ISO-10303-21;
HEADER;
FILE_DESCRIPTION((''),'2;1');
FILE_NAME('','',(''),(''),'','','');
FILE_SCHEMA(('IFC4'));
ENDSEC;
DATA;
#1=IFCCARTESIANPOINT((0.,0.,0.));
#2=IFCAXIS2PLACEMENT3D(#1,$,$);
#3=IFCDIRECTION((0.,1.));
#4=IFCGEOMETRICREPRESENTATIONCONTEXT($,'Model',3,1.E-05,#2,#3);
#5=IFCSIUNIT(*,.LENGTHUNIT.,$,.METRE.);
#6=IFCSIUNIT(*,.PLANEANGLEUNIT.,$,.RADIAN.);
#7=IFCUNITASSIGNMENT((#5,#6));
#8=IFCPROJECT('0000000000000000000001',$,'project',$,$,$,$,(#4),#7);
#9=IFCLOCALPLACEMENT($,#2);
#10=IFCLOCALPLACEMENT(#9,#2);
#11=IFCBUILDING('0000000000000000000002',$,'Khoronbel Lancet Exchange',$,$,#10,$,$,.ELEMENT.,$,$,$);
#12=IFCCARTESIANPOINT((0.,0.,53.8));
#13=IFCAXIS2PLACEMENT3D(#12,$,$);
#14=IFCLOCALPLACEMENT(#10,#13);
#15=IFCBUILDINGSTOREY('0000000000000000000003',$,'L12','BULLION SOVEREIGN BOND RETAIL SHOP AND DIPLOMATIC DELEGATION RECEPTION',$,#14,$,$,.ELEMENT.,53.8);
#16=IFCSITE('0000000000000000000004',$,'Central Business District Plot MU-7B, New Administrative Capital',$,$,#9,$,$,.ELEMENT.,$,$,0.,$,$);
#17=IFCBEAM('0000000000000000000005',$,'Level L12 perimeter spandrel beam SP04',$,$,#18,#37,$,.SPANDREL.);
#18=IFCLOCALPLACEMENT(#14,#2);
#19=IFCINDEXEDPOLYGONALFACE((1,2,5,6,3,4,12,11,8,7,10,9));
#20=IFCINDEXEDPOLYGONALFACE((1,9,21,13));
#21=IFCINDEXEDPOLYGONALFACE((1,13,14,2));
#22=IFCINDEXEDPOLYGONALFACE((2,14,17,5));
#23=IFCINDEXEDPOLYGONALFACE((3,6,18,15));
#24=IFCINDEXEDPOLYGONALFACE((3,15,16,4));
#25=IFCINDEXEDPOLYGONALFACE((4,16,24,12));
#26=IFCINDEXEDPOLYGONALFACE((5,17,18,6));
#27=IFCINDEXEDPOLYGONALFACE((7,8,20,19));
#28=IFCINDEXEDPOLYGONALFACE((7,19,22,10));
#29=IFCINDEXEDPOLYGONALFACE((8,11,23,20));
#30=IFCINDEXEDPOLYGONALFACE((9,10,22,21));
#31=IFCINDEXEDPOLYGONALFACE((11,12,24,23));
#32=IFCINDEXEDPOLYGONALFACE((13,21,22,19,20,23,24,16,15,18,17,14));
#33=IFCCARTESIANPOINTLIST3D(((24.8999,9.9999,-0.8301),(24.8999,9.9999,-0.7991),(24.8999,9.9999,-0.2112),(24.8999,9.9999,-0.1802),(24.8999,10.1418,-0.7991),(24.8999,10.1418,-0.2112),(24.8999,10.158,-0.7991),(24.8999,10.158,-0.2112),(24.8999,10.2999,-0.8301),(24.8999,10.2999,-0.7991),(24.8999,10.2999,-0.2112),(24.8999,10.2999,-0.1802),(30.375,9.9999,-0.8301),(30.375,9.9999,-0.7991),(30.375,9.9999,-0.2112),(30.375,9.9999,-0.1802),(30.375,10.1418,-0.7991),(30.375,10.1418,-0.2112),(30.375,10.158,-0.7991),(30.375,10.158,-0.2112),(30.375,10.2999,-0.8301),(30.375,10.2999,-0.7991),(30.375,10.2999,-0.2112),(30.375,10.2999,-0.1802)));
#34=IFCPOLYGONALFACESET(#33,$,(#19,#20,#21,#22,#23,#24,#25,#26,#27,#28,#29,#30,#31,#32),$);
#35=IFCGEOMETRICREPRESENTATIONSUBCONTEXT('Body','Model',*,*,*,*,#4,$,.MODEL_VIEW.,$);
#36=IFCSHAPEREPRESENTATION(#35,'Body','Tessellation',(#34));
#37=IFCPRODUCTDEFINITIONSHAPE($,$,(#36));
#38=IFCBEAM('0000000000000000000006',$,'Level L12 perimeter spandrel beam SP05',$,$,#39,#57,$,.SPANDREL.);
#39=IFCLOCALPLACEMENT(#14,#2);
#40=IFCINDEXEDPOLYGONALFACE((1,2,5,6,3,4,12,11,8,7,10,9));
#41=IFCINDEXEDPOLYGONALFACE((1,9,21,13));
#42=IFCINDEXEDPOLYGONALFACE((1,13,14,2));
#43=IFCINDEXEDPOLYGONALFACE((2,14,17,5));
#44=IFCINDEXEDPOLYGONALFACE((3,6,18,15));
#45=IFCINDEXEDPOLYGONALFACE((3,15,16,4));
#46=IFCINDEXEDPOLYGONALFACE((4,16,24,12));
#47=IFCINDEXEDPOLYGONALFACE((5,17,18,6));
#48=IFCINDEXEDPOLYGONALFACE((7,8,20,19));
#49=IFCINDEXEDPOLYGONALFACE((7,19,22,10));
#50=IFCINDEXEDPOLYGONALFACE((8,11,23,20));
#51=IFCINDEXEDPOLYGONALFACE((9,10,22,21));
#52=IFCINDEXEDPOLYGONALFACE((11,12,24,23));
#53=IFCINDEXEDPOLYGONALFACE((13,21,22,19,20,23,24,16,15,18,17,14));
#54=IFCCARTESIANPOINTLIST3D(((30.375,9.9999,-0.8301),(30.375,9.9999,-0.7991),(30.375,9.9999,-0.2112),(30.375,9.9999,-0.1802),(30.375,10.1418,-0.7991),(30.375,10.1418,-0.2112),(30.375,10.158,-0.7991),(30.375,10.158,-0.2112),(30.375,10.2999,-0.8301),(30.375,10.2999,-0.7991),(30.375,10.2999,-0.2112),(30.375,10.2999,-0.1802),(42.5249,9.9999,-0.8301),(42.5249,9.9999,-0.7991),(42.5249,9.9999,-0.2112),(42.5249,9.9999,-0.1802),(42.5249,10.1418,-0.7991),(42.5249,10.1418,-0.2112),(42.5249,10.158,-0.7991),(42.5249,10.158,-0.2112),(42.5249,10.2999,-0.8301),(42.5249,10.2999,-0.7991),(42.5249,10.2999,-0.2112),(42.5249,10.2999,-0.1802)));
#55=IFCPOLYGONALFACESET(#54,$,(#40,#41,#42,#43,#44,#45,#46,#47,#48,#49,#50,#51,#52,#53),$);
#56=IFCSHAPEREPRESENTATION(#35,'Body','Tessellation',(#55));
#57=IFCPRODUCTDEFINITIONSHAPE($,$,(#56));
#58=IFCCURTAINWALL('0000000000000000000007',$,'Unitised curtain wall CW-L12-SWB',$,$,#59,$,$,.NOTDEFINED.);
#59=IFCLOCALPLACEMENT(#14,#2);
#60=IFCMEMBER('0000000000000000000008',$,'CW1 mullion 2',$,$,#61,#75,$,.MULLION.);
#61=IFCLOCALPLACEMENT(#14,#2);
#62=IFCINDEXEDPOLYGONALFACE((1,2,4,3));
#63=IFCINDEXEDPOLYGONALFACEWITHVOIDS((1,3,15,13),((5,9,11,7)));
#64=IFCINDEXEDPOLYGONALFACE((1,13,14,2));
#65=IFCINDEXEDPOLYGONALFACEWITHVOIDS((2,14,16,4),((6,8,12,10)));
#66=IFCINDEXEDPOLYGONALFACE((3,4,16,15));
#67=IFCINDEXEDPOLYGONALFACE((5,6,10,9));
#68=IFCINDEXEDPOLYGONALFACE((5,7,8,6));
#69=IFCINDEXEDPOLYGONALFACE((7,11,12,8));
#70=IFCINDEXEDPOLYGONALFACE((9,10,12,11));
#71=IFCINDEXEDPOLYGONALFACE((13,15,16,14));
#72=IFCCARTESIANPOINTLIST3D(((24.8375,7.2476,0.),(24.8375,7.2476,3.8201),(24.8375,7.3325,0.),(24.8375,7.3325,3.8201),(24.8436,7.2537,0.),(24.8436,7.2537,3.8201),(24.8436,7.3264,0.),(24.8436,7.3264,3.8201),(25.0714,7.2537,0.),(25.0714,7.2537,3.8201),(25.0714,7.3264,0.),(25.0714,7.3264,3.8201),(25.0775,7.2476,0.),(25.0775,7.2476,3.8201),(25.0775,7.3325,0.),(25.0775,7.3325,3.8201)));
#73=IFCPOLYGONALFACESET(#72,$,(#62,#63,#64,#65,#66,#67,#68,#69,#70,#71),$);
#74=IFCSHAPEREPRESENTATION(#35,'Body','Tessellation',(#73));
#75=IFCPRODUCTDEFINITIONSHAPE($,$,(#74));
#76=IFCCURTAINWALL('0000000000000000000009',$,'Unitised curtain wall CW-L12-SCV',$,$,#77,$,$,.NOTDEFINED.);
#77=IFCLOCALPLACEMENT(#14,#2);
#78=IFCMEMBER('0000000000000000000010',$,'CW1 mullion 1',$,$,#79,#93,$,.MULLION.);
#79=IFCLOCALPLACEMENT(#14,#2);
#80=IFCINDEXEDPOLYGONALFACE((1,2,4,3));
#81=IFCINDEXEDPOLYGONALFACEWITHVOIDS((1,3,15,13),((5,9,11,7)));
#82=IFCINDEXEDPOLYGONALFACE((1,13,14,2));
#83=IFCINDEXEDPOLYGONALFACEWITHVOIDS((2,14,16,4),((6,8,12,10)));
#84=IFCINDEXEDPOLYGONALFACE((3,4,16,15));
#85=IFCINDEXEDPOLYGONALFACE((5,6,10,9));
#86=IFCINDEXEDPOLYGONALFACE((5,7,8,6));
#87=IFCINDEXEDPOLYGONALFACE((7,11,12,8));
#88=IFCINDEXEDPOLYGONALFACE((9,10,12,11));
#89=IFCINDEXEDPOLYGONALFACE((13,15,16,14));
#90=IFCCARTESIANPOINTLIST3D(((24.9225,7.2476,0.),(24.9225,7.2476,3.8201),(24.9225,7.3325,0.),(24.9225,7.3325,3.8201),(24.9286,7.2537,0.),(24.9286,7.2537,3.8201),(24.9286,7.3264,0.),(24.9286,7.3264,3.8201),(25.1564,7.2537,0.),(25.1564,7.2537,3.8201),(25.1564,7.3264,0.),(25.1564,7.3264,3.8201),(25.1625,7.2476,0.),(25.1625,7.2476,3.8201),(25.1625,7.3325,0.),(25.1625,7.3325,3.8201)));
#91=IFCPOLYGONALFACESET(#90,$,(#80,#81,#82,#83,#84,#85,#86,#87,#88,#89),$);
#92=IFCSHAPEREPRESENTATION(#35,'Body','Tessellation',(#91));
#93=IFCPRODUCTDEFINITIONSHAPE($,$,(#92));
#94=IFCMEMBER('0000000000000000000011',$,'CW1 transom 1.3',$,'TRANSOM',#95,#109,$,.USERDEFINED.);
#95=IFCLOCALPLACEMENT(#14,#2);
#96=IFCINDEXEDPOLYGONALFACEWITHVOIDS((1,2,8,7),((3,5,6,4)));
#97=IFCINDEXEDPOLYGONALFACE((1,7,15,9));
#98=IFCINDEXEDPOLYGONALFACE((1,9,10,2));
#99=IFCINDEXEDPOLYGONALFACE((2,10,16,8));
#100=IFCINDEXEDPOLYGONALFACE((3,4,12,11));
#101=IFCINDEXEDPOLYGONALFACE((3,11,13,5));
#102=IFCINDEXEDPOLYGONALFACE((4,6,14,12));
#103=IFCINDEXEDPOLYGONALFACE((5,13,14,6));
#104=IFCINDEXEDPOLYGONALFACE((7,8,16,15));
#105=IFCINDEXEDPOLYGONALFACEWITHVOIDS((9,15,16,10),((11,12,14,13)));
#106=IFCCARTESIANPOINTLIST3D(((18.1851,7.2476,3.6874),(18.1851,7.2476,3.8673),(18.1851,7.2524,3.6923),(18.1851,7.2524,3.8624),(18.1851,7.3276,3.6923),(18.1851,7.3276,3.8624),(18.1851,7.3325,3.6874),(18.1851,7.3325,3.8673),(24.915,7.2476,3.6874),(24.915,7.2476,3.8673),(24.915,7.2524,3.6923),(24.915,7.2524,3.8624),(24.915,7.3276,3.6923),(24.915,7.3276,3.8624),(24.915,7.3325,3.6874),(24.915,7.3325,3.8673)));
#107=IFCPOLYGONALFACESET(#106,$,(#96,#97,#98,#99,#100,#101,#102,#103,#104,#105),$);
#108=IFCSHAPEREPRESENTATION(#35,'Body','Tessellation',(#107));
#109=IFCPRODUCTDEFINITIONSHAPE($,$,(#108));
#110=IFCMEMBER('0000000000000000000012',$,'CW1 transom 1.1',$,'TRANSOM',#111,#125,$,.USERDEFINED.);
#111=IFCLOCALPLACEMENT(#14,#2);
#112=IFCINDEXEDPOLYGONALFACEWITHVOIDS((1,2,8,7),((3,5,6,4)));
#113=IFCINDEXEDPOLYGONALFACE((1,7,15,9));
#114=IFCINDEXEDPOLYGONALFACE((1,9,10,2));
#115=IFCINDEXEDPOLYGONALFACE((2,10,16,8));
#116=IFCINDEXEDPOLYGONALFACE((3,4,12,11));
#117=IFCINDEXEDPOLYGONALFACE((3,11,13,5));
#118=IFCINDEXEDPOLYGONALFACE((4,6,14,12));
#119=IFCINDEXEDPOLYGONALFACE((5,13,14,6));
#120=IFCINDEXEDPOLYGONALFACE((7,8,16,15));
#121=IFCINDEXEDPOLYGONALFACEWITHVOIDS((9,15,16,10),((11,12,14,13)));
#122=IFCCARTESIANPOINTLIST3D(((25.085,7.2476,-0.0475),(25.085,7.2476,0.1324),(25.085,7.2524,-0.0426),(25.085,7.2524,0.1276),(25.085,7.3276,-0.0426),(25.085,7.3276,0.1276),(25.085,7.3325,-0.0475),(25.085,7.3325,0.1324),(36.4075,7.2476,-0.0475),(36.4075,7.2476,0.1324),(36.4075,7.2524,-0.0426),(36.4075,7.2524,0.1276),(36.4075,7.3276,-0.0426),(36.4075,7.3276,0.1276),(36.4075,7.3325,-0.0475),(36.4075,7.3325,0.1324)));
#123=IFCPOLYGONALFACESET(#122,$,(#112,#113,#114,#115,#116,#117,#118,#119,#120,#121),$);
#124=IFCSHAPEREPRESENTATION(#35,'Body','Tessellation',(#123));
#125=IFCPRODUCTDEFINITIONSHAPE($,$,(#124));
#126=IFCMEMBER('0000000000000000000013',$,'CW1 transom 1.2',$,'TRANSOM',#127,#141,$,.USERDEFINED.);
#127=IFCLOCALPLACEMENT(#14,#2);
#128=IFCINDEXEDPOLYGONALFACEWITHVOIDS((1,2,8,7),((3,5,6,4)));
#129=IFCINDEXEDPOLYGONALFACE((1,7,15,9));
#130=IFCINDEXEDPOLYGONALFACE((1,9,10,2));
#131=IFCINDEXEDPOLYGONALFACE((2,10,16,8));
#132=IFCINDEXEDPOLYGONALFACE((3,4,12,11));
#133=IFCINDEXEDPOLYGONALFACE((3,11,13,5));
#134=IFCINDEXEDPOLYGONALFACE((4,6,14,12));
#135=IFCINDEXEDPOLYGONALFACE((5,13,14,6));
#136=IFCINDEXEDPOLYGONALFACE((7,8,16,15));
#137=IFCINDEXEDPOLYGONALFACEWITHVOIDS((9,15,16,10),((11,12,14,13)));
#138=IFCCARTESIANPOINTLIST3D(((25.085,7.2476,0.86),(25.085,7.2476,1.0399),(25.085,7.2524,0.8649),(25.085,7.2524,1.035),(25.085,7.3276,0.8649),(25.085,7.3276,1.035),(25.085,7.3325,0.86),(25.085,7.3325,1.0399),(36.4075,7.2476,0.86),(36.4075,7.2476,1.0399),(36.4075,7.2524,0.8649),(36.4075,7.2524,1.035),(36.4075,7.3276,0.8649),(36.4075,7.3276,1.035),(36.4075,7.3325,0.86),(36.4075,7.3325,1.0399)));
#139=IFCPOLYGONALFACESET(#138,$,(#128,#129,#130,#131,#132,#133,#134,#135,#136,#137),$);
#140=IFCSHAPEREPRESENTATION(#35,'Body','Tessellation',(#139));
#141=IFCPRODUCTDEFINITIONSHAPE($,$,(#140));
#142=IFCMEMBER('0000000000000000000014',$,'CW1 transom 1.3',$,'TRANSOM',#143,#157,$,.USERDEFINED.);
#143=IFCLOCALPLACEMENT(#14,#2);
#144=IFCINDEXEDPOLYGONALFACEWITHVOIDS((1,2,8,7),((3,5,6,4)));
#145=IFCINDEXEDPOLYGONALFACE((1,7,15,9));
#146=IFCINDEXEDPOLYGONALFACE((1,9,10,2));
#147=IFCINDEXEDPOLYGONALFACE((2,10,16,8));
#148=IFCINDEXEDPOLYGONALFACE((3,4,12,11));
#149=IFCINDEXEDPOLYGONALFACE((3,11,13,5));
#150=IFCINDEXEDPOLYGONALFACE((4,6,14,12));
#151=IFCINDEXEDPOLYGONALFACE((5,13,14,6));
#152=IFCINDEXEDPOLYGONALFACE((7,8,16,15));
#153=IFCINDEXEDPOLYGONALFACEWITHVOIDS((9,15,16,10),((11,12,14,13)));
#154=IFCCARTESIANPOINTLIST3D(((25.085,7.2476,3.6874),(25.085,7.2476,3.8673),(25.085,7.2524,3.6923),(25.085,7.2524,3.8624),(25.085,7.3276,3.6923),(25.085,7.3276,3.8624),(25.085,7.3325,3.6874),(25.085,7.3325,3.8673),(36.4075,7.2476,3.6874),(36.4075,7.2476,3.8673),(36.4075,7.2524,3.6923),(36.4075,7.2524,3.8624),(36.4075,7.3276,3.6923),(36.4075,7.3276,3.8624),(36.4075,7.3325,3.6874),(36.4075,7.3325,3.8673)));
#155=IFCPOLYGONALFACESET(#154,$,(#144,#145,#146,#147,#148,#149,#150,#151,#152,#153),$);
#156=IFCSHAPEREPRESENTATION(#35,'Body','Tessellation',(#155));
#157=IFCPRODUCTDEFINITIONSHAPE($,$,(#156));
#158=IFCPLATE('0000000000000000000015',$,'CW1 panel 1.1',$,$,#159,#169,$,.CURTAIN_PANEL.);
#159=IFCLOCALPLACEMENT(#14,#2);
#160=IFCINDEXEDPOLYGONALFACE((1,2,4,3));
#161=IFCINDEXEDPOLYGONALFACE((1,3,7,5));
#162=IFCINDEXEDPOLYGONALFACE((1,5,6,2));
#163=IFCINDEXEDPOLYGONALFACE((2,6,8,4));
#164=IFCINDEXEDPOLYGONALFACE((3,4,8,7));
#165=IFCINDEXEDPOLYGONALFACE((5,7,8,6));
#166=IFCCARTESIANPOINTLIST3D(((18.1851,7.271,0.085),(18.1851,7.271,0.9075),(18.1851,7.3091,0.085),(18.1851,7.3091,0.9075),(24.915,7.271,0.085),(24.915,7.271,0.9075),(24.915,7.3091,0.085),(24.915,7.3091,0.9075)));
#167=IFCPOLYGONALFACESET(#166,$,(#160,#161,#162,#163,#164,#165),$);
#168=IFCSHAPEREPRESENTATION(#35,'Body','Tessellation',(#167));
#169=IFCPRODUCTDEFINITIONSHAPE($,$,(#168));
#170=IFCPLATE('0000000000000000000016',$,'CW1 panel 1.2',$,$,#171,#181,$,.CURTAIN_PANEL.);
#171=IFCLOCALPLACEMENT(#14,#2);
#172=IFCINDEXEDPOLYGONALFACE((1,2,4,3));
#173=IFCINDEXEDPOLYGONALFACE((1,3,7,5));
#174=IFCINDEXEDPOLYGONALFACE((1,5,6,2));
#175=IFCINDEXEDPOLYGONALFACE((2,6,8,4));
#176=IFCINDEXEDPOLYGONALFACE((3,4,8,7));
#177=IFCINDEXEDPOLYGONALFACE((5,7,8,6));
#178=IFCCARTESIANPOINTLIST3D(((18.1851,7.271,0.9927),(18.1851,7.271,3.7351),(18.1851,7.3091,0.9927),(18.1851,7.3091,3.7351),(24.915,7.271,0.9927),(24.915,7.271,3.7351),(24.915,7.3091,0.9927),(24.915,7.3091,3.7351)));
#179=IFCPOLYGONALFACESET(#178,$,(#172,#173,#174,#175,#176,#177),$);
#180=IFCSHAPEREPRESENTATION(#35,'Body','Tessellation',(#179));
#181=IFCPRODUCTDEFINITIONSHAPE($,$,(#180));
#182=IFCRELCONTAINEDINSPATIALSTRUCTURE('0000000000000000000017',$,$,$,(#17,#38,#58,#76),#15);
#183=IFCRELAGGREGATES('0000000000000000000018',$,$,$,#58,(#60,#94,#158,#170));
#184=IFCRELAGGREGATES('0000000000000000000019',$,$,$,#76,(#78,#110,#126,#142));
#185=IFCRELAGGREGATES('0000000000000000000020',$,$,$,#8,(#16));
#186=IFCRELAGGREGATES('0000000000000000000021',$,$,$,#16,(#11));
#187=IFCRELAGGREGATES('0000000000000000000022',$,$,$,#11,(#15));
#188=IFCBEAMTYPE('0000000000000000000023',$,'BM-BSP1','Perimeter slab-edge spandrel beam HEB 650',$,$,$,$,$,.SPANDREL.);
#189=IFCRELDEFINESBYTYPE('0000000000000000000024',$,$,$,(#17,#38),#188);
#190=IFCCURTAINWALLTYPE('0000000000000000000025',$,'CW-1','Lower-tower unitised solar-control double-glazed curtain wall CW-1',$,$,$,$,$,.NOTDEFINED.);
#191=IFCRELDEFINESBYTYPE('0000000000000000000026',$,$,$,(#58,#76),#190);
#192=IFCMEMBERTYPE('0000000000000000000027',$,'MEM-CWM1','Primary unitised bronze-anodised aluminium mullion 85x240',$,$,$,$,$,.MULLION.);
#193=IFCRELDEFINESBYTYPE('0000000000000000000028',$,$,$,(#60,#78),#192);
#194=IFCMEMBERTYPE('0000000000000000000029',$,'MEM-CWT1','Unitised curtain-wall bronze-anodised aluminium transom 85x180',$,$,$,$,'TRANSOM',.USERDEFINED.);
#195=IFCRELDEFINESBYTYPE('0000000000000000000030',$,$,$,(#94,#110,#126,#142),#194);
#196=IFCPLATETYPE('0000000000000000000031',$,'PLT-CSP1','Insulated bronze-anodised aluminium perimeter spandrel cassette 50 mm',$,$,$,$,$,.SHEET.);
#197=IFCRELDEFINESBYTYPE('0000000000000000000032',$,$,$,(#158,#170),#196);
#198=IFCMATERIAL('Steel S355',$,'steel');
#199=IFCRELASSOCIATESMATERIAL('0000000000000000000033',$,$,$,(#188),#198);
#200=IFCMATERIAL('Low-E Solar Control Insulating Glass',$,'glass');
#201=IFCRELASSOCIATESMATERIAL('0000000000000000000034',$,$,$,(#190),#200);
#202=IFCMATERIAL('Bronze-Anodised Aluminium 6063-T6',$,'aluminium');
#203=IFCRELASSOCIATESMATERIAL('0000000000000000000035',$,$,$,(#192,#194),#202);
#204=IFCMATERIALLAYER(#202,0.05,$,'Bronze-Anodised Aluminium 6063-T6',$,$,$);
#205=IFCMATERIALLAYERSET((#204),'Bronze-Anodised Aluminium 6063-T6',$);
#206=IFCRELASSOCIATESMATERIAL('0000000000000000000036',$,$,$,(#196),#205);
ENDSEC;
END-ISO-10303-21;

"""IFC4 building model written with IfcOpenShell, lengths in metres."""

from ifc_helpers import new_model, si_unit, direction, frame, origin, origin_2d, place, context, subcontext, project, spatial, rectangle, hollow_rectangle, i_section, extrude, material, layer, layer_set, material_profile, profile_set, type_object, element, aggregate, save


model = new_model("IFC4")

# Units and contexts
model_context = context("Model", 3, precision=1e-05, world=origin(), true_north=direction((0.0, 1.0)))
body_context = subcontext(model_context, "Body", "Model", "MODEL_VIEW")
ifc_project = project(units=[si_unit("LENGTHUNIT", "METRE"), si_unit("PLANEANGLEUNIT", "RADIAN")], contexts=[model_context])

# Site, building, storey
site_placement = place(None, origin())
site = spatial("IfcSite", under=ifc_project, at=site_placement, Name="Central Business District Plot MU-7B, New Administrative Capital", CompositionType="ELEMENT", RefElevation=0.0)
building_placement = place(site_placement, origin())
building = spatial("IfcBuilding", under=site, at=building_placement, Name="Khoronbel Lancet Exchange", CompositionType="ELEMENT")
storey_placement = place(building_placement, frame((0.0, 0.0, 53.8)))
storey = spatial("IfcBuildingStorey", under=building, at=storey_placement, Name="L12", Description="BULLION SOVEREIGN BOND RETAIL SHOP AND DIPLOMATIC DELEGATION RECEPTION", CompositionType="ELEMENT", Elevation=53.8)

# Beams
ifc_material_1 = material(Name="Steel S355", Category="steel")
ifc_material_profile_1 = material_profile(ifc_material_1, i_section(OverallWidth=0.3, OverallDepth=0.6499, WebThickness=0.0161, FlangeThickness=0.031, at=origin_2d()), Name="HEB 650")
ifc_profile_set_1 = profile_set([ifc_material_profile_1], Name="Steel S355")
beam_type_1 = type_object("IfcBeamType", Name="BM-BSP1", Description="Perimeter slab-edge spandrel beam HEB 650", PredefinedType="SPANDREL", material=ifc_profile_set_1)
beam_1_placement = place(storey_placement, frame((24.8999, 10.1499, -0.5051), z_axis=(1.0, 0.0, 0.0), x_axis=(0.0, 1.0, 0.0)))
element("IfcBeam", 1, at=beam_1_placement, inside=storey, type_object=beam_type_1, Name="Level L12 perimeter spandrel beam SP04", PredefinedType="SPANDREL", context=body_context, shape_type="SweptSolid", body=[
    extrude(i_section(OverallWidth=0.3, OverallDepth=0.6499, WebThickness=0.0161, FlangeThickness=0.031, at=origin_2d()), origin(), (0.0, 0.0, 1.0), 5.4751),
])
beam_2_placement = place(storey_placement, frame((30.375, 10.1499, -0.5051), z_axis=(1.0, 0.0, 0.0), x_axis=(0.0, 1.0, 0.0)))
element("IfcBeam", 2, at=beam_2_placement, inside=storey, type_object=beam_type_1, Name="Level L12 perimeter spandrel beam SP05", PredefinedType="SPANDREL", context=body_context, shape_type="SweptSolid", body=[
    extrude(i_section(OverallWidth=0.3, OverallDepth=0.6499, WebThickness=0.0161, FlangeThickness=0.031, at=origin_2d()), origin(), (0.0, 0.0, 1.0), 12.1499),
])

# Curtain walls, members
ifc_material_2 = material(Name="Low-E Solar Control Insulating Glass", Category="glass")
curtain_wall_type = type_object("IfcCurtainWallType", Name="CW-1", Description="Lower-tower unitised solar-control double-glazed curtain wall CW-1", PredefinedType="NOTDEFINED", material=ifc_material_2)
curtain_wall_1_placement = place(storey_placement, origin())
curtain_wall_1 = element("IfcCurtainWall", 3, at=curtain_wall_1_placement, inside=storey, type_object=curtain_wall_type, Name="Unitised curtain wall CW-L12-SWB", PredefinedType="NOTDEFINED")
ifc_material_3 = material(Name="Bronze-Anodised Aluminium 6063-T6", Category="aluminium")
ifc_material_profile_2 = material_profile(ifc_material_3, hollow_rectangle(XDim=0.085, YDim=0.24, WallThickness=0.0061, at=origin_2d()), Name="ALU MULLION 85x240")
ifc_profile_set_2 = profile_set([ifc_material_profile_2], Name="Bronze-Anodised Aluminium 6063-T6")
member_type_1 = type_object("IfcMemberType", Name="MEM-CWM1", Description="Primary unitised bronze-anodised aluminium mullion 85x240", PredefinedType="MULLION", material=ifc_profile_set_2)
member_1_placement = place(storey_placement, frame((24.9575, 7.29, 0.0), z_axis=(0.0, 0.0, 1.0), x_axis=(0.0, 1.0, 0.0)))
member_1 = element("IfcMember", 4, at=member_1_placement, type_object=member_type_1, Name="CW1 mullion 2", PredefinedType="MULLION", context=body_context, shape_type="SweptSolid", body=[
    extrude(hollow_rectangle(XDim=0.085, YDim=0.24, WallThickness=0.0061, at=origin_2d()), origin(), (0.0, 0.0, 1.0), 3.8201),
])
curtain_wall_2_placement = place(storey_placement, origin())
curtain_wall_2 = element("IfcCurtainWall", 5, at=curtain_wall_2_placement, inside=storey, type_object=curtain_wall_type, Name="Unitised curtain wall CW-L12-SCV", PredefinedType="NOTDEFINED")
member_2_placement = place(storey_placement, frame((25.0425, 7.29, 0.0), z_axis=(0.0, 0.0, 1.0), x_axis=(0.0, 1.0, 0.0)))
member_2 = element("IfcMember", 6, at=member_2_placement, type_object=member_type_1, Name="CW1 mullion 1", PredefinedType="MULLION", context=body_context, shape_type="SweptSolid", body=[
    extrude(hollow_rectangle(XDim=0.085, YDim=0.24, WallThickness=0.0061, at=origin_2d()), origin(), (0.0, 0.0, 1.0), 3.8201),
])

# Members
ifc_material_profile_3 = material_profile(ifc_material_3, hollow_rectangle(XDim=0.085, YDim=0.1799, WallThickness=0.0049, at=origin_2d()), Name="ALU TRANSOM 85x180")
ifc_profile_set_3 = profile_set([ifc_material_profile_3], Name="Bronze-Anodised Aluminium 6063-T6")
member_type_2 = type_object("IfcMemberType", Name="MEM-CWT1", Description="Unitised curtain-wall bronze-anodised aluminium transom 85x180", ElementType="TRANSOM", PredefinedType="USERDEFINED", material=ifc_profile_set_3)
member_3_placement = place(storey_placement, frame((18.1851, 7.29, 3.7773), z_axis=(1.0, 0.0, 0.0), x_axis=(0.0, 1.0, 0.0)))
member_3 = element("IfcMember", 7, at=member_3_placement, type_object=member_type_2, Name="CW1 transom 1.3", ObjectType="TRANSOM", PredefinedType="USERDEFINED", context=body_context, shape_type="SweptSolid", body=[
    extrude(hollow_rectangle(XDim=0.085, YDim=0.1799, WallThickness=0.0049, at=origin_2d()), origin(), (0.0, 0.0, 1.0), 6.73),
])
member_4_placement = place(storey_placement, frame((25.085, 7.29, 0.0425), z_axis=(1.0, 0.0, 0.0), x_axis=(0.0, 1.0, 0.0)))
member_4 = element("IfcMember", 8, at=member_4_placement, type_object=member_type_2, Name="CW1 transom 1.1", ObjectType="TRANSOM", PredefinedType="USERDEFINED", context=body_context, shape_type="SweptSolid", body=[
    extrude(hollow_rectangle(XDim=0.085, YDim=0.1799, WallThickness=0.0049, at=origin_2d()), origin(), (0.0, 0.0, 1.0), 11.3225),
])
member_5_placement = place(storey_placement, frame((25.085, 7.29, 0.95), z_axis=(1.0, 0.0, 0.0), x_axis=(0.0, 1.0, 0.0)))
member_5 = element("IfcMember", 9, at=member_5_placement, type_object=member_type_2, Name="CW1 transom 1.2", ObjectType="TRANSOM", PredefinedType="USERDEFINED", context=body_context, shape_type="SweptSolid", body=[
    extrude(hollow_rectangle(XDim=0.085, YDim=0.1799, WallThickness=0.0049, at=origin_2d()), origin(), (0.0, 0.0, 1.0), 11.3225),
])
member_6_placement = place(storey_placement, frame((25.085, 7.29, 3.7773), z_axis=(1.0, 0.0, 0.0), x_axis=(0.0, 1.0, 0.0)))
member_6 = element("IfcMember", 10, at=member_6_placement, type_object=member_type_2, Name="CW1 transom 1.3", ObjectType="TRANSOM", PredefinedType="USERDEFINED", context=body_context, shape_type="SweptSolid", body=[
    extrude(hollow_rectangle(XDim=0.085, YDim=0.1799, WallThickness=0.0049, at=origin_2d()), origin(), (0.0, 0.0, 1.0), 11.3225),
])

# Plates
ifc_layer_1 = layer(ifc_material_3, 0.05, Name="Bronze-Anodised Aluminium 6063-T6")
ifc_layer_set_1 = layer_set([ifc_layer_1], Name="Bronze-Anodised Aluminium 6063-T6")
plate_type_1 = type_object("IfcPlateType", Name="PLT-CSP1", Description="Insulated bronze-anodised aluminium perimeter spandrel cassette 50 mm", PredefinedType="SHEET", material=ifc_layer_set_1)
plate_1_placement = place(storey_placement, frame((21.55, 7.29, 0.085), z_axis=(0.0, 0.0, 1.0), x_axis=(1.0, 0.0, 0.0)))
plate_1 = element("IfcPlate", 11, at=plate_1_placement, type_object=plate_type_1, Name="CW1 panel 1.1", PredefinedType="CURTAIN_PANEL", context=body_context, shape_type="SweptSolid", body=[
    extrude(rectangle(XDim=6.73, YDim=0.0381, at=origin_2d()), origin(), (0.0, 0.0, 1.0), 0.8225),
])
plate_2_placement = place(storey_placement, frame((21.55, 7.29, 0.9927), z_axis=(0.0, 0.0, 1.0), x_axis=(1.0, 0.0, 0.0)))
plate_2 = element("IfcPlate", 12, at=plate_2_placement, type_object=plate_type_1, Name="CW1 panel 1.2", PredefinedType="CURTAIN_PANEL", context=body_context, shape_type="SweptSolid", body=[
    extrude(rectangle(XDim=6.73, YDim=0.0381, at=origin_2d()), origin(), (0.0, 0.0, 1.0), 2.7424),
])
aggregate(curtain_wall_1, [member_1, member_3, plate_1, plate_2])
aggregate(curtain_wall_2, [member_2, member_4, member_5, member_6])

save(model, "model.ifc")
